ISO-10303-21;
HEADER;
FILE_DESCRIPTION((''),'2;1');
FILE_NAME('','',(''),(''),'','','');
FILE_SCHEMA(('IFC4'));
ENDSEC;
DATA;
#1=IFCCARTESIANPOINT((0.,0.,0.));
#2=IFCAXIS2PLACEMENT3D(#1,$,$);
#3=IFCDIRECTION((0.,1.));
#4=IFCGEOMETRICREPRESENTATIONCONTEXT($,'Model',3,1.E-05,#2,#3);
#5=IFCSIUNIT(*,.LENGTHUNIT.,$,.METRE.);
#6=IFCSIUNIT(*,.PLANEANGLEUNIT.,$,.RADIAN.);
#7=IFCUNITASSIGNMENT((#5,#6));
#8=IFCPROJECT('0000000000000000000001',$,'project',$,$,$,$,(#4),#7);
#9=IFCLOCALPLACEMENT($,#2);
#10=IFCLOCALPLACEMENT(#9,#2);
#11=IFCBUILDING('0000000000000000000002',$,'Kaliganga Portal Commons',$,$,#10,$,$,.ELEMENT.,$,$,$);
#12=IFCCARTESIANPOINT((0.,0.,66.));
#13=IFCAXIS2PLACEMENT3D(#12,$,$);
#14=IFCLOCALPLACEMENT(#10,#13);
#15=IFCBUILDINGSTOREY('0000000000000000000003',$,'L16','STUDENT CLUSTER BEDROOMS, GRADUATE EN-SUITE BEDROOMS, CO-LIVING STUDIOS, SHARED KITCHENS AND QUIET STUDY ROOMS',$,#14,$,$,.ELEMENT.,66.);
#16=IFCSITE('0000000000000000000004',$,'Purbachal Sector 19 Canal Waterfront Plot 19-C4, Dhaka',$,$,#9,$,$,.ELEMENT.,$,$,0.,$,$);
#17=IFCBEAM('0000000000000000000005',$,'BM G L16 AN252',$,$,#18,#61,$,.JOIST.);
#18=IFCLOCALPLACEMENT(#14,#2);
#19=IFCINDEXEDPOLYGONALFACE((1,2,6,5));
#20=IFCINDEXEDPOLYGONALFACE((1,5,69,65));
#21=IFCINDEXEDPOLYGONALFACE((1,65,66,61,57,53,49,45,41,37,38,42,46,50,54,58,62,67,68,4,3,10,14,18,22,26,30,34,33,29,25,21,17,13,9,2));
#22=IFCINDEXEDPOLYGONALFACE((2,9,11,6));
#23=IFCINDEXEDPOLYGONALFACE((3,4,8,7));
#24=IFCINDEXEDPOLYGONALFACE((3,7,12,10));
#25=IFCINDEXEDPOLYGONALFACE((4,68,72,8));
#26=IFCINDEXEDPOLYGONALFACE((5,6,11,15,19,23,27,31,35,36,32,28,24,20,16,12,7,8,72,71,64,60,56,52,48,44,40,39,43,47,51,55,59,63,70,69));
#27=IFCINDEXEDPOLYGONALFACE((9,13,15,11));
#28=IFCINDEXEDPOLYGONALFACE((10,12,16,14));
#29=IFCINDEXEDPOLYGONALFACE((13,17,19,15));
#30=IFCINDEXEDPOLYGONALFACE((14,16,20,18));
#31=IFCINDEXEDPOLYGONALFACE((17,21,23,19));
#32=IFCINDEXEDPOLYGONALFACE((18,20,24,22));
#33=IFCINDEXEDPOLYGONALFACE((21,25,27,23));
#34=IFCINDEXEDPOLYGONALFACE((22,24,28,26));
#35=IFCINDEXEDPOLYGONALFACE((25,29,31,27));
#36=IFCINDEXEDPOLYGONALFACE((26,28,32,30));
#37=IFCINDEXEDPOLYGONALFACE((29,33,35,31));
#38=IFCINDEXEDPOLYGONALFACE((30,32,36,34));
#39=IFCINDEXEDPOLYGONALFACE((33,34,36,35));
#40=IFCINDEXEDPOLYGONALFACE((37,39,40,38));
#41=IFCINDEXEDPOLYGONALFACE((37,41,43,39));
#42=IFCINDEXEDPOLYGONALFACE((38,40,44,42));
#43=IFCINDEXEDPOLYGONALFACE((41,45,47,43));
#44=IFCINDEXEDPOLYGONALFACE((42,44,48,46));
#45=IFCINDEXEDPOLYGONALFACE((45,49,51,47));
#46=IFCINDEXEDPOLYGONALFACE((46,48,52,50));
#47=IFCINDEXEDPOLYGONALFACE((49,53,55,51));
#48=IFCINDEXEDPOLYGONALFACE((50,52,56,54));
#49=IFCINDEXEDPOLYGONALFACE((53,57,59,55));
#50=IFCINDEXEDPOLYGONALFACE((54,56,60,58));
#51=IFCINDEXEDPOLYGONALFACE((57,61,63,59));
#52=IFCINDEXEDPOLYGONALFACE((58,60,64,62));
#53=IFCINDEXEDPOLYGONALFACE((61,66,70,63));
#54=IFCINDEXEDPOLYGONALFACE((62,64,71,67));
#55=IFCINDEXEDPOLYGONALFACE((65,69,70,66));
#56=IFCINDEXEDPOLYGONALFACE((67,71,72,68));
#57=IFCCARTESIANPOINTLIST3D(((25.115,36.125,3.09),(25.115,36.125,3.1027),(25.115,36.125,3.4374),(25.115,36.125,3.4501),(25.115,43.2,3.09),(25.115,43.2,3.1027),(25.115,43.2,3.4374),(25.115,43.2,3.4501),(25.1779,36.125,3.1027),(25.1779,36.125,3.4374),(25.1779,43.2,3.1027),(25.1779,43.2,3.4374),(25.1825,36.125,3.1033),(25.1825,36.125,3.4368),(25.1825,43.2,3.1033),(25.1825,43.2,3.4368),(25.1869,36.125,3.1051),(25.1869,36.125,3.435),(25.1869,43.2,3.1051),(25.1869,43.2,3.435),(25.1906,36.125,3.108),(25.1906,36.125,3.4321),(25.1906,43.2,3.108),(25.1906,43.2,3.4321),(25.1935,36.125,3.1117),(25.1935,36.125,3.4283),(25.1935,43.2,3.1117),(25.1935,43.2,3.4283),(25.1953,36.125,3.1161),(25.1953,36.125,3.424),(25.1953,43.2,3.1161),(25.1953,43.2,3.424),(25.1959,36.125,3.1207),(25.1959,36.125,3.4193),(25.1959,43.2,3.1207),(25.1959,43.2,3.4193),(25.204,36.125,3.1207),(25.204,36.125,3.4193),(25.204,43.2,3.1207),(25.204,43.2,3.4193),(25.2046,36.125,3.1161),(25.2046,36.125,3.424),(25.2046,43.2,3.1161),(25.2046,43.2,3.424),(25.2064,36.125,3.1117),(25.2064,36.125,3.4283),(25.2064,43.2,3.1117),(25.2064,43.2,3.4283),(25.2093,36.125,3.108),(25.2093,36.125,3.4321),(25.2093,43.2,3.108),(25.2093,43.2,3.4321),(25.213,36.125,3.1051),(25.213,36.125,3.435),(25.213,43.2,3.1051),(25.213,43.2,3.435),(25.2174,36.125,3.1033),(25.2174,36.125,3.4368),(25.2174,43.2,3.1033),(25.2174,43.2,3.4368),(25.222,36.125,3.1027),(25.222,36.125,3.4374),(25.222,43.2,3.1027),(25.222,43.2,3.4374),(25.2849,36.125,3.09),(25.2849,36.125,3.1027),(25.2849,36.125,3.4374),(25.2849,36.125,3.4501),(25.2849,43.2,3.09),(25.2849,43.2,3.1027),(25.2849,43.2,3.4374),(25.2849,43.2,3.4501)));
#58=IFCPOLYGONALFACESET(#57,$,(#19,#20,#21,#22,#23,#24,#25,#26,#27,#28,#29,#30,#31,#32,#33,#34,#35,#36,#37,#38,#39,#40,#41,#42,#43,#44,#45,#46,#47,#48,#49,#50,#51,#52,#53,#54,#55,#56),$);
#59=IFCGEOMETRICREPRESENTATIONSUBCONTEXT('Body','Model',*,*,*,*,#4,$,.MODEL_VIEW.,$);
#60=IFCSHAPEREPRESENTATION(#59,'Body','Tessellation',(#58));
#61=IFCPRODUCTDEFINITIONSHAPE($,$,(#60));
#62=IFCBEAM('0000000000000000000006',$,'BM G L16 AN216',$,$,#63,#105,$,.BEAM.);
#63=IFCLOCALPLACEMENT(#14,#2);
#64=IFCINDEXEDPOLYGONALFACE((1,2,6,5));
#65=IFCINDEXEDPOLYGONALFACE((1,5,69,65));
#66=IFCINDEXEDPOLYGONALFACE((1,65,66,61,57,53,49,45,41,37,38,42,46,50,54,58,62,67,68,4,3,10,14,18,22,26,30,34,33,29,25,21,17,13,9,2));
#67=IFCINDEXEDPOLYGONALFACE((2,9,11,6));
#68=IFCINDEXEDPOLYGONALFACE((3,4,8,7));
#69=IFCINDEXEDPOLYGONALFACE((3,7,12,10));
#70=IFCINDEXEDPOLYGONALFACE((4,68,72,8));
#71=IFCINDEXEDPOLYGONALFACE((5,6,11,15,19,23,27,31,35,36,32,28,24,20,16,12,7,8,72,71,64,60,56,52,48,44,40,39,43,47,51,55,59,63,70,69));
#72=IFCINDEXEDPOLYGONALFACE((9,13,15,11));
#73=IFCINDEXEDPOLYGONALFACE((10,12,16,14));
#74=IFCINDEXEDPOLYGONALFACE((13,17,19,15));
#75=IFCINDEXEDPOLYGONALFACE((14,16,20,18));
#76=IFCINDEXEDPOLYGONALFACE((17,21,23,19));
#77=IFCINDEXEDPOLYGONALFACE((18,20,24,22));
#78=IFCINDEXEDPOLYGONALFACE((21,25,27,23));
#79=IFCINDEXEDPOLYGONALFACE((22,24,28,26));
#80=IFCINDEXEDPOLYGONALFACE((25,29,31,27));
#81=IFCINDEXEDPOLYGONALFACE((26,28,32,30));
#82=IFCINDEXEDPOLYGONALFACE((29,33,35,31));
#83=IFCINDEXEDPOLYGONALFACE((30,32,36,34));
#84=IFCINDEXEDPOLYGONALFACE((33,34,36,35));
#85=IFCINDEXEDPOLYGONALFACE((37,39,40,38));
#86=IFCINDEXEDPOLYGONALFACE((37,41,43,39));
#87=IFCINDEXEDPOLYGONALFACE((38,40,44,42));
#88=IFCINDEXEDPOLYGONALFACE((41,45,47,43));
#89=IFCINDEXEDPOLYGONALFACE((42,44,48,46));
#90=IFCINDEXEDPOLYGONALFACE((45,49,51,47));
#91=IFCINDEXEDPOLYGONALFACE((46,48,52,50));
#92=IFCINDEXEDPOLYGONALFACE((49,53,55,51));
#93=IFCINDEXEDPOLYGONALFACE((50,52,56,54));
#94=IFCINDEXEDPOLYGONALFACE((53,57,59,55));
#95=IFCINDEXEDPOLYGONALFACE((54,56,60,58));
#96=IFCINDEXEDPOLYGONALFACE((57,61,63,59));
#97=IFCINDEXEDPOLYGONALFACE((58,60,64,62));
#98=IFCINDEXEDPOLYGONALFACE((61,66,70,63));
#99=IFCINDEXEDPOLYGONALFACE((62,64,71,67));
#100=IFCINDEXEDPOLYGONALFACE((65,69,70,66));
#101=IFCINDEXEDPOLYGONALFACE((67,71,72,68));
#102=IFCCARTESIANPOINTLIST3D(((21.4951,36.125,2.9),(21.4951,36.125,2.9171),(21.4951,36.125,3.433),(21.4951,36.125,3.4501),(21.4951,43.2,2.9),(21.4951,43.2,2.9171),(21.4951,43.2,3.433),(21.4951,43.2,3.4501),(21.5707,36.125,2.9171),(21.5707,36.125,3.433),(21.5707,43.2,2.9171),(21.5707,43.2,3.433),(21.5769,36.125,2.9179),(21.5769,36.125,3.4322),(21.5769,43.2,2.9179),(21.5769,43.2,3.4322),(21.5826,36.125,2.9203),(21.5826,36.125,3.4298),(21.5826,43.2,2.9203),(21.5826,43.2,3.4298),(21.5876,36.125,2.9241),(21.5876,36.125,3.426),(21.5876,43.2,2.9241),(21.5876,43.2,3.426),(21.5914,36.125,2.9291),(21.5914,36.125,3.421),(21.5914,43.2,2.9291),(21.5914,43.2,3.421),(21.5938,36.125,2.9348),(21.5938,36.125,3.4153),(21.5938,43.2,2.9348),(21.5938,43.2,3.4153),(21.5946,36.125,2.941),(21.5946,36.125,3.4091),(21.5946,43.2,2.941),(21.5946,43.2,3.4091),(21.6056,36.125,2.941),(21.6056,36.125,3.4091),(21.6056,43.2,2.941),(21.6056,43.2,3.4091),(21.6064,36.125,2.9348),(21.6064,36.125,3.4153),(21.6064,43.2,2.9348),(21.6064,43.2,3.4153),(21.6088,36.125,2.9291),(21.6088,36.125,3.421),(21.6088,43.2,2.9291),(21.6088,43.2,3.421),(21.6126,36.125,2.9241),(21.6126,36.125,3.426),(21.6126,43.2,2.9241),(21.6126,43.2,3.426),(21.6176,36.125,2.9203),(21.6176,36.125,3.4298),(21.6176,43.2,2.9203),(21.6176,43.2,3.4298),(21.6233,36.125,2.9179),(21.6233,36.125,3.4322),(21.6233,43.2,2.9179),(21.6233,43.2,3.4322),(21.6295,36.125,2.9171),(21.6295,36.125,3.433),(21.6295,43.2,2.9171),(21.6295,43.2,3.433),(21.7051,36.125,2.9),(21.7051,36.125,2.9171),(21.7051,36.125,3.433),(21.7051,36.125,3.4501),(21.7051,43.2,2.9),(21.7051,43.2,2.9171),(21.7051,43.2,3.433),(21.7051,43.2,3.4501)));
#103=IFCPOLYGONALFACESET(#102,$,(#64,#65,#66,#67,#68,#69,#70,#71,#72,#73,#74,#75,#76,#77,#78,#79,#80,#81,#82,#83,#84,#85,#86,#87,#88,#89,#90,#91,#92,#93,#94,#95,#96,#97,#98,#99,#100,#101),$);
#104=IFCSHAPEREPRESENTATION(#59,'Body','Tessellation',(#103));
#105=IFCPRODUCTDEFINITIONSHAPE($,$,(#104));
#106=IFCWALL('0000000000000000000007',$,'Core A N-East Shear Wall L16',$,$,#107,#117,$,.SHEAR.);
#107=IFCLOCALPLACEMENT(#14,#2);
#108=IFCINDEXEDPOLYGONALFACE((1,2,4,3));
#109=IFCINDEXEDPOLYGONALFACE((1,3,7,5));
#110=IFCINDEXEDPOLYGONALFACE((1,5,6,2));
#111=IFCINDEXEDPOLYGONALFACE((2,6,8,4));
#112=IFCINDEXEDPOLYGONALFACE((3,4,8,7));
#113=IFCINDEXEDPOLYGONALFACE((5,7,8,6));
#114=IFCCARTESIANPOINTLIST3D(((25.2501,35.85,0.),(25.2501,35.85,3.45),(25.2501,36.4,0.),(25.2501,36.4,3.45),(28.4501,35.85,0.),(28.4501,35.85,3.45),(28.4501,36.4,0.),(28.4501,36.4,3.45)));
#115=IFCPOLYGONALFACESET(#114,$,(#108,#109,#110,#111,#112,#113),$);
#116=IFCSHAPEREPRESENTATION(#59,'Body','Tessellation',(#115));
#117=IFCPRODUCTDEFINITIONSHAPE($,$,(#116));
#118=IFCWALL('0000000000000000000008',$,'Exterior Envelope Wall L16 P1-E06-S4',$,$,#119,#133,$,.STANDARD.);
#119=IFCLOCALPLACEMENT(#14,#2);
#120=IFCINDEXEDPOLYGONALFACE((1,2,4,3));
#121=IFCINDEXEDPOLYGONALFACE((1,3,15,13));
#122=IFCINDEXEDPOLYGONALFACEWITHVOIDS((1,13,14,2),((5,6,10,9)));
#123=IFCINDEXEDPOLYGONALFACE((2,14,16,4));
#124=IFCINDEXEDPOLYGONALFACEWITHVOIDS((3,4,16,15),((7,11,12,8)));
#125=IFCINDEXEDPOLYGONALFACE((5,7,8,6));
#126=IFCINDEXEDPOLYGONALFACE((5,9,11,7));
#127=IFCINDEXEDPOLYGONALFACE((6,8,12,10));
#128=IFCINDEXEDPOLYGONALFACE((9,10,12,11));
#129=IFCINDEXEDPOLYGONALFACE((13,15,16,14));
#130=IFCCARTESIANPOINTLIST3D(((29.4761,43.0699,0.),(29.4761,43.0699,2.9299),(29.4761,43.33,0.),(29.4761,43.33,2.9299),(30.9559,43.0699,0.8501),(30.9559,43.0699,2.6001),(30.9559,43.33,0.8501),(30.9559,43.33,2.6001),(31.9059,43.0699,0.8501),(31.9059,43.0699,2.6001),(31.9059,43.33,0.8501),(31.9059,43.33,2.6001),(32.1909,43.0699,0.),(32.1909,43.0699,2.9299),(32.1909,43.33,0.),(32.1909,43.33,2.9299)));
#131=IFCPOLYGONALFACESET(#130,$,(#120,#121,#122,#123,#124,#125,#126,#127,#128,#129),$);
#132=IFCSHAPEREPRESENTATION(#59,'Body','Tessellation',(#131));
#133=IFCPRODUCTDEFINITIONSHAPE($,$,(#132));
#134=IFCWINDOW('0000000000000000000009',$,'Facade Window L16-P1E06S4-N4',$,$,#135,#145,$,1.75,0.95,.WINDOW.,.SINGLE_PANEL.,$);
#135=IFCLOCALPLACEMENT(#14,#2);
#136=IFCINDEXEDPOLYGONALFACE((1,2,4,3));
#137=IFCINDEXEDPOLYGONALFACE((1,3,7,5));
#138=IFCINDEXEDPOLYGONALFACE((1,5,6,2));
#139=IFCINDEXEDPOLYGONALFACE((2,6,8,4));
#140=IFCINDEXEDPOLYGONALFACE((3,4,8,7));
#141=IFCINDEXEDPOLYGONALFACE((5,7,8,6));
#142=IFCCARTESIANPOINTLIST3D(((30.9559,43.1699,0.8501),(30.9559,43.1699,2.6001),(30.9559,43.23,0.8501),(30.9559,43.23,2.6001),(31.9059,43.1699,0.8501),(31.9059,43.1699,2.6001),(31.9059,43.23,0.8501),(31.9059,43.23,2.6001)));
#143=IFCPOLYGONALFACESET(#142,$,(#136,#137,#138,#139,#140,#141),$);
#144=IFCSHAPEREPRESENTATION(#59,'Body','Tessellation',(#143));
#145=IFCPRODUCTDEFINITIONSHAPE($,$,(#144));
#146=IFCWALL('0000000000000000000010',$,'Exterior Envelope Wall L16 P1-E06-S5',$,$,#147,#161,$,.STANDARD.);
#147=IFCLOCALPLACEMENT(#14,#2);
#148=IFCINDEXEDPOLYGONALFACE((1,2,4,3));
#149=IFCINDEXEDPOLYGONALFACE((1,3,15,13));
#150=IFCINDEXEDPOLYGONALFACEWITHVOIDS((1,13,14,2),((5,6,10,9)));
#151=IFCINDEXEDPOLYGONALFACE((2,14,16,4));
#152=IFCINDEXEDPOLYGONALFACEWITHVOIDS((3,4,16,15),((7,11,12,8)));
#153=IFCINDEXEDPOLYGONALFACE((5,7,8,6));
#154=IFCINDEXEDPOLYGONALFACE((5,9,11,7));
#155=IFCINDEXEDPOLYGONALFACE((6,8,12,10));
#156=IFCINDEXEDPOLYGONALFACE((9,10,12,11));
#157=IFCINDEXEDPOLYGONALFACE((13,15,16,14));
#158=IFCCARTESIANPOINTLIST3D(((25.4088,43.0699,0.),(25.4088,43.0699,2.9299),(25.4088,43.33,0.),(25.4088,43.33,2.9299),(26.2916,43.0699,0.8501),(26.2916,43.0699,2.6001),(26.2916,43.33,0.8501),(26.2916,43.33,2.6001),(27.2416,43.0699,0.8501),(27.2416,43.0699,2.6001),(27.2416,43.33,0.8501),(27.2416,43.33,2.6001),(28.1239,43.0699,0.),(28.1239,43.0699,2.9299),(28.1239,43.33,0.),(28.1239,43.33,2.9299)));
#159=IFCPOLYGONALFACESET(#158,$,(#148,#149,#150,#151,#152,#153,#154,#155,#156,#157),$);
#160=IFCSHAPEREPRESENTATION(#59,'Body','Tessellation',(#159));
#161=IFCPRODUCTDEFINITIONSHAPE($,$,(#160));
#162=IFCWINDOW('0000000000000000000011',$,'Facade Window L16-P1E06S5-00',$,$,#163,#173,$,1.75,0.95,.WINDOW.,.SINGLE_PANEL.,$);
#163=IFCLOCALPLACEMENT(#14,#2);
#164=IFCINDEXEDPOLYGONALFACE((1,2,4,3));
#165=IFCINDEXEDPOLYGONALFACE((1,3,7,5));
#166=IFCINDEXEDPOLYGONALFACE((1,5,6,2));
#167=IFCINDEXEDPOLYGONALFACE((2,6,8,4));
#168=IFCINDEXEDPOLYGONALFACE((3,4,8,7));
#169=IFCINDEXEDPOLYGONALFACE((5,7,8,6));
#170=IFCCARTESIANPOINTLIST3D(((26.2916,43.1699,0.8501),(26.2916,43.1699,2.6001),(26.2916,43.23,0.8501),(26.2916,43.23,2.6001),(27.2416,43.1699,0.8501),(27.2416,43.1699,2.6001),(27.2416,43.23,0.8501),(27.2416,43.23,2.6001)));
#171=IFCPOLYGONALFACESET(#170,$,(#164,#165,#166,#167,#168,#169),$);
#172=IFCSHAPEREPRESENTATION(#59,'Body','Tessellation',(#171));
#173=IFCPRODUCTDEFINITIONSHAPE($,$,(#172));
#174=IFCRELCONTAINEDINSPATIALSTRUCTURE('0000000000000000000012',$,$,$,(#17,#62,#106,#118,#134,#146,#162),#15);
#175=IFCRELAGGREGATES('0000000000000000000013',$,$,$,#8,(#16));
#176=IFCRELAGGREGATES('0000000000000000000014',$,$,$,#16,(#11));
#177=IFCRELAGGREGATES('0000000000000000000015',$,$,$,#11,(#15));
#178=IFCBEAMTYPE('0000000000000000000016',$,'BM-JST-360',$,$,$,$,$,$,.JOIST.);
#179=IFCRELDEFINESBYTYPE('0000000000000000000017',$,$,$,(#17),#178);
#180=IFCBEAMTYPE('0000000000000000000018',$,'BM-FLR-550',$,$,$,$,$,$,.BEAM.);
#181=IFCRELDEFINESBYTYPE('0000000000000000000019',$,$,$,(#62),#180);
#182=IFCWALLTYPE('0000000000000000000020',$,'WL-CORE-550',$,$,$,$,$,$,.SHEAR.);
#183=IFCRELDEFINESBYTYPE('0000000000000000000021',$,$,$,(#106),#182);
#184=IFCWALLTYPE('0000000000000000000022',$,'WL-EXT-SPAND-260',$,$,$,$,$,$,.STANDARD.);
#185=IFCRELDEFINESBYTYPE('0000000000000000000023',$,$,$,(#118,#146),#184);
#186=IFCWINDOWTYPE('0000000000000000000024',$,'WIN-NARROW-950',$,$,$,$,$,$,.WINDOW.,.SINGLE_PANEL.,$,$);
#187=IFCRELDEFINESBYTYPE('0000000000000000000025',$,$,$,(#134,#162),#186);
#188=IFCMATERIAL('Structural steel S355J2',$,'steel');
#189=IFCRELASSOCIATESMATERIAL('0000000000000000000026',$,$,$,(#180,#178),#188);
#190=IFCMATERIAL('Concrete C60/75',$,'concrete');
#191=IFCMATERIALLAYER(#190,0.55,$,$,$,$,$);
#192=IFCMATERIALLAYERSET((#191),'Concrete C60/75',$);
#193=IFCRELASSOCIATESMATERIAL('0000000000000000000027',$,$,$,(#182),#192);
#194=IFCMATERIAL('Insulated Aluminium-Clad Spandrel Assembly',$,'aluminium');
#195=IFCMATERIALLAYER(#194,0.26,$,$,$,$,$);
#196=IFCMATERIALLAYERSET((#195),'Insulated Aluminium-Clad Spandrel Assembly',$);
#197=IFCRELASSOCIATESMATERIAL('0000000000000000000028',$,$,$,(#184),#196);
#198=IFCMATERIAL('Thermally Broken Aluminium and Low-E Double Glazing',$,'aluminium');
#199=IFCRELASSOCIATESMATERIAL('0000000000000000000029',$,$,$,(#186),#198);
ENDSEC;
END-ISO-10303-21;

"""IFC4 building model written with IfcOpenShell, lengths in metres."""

from ifc_helpers import new_model, si_unit, direction, frame, frame_2d, origin, origin_2d, place, context, subcontext, project, spatial, rectangle, i_section, extrude, source, transform, mapped, material, layer, layer_set, material_profile, profile_set, type_object, element, fill, save


model = new_model("IFC4")

# Units and contexts
model_context = context("Model", 3, precision=1e-05, world=origin(), true_north=direction((0.0, 1.0)))
body_context = subcontext(model_context, "Body", "Model", "MODEL_VIEW")
ifc_project = project(units=[si_unit("LENGTHUNIT", "METRE"), si_unit("PLANEANGLEUNIT", "RADIAN")], contexts=[model_context])

# Site, building, storey
site_placement = place(None, origin())
site = spatial("IfcSite", under=ifc_project, at=site_placement, Name="Purbachal Sector 19 Canal Waterfront Plot 19-C4, Dhaka", CompositionType="ELEMENT", RefElevation=0.0)
building_placement = place(site_placement, origin())
building = spatial("IfcBuilding", under=site, at=building_placement, Name="Kaliganga Portal Commons", CompositionType="ELEMENT")
storey_placement = place(building_placement, frame((0.0, 0.0, 66.0)))
storey = spatial("IfcBuildingStorey", under=building, at=storey_placement, Name="L16", Description="STUDENT CLUSTER BEDROOMS, GRADUATE EN-SUITE BEDROOMS, CO-LIVING STUDIOS, SHARED KITCHENS AND QUIET STUDY ROOMS", CompositionType="ELEMENT", Elevation=66.0)

# Beams
ifc_material_1 = material(Name="Structural steel S355J2", Category="steel")
ifc_material_profile_1 = material_profile(ifc_material_1, i_section(OverallWidth=0.21, OverallDepth=0.55, WebThickness=0.011, FlangeThickness=0.0171, FilletRadius=0.0239, at=origin_2d()), Name="IPE 550")
ifc_profile_set_1 = profile_set([ifc_material_profile_1], Name="Structural steel S355J2 wide-flange")
beam_type_1 = type_object("IfcBeamType", Name="BM-FLR-550", PredefinedType="BEAM", material=ifc_profile_set_1)
ifc_material_profile_2 = material_profile(ifc_material_1, i_section(OverallWidth=0.1699, OverallDepth=0.3601, WebThickness=0.0081, FlangeThickness=0.0127, FilletRadius=0.0181, at=origin_2d()), Name="IPE 360")
ifc_profile_set_2 = profile_set([ifc_material_profile_2], Name="Structural steel S355J2 wide-flange")
beam_type_2 = type_object("IfcBeamType", Name="BM-JST-360", PredefinedType="JOIST", material=ifc_profile_set_2)
shared_shape_1 = source(origin(), body_context, "Body", "SweptSolid", [
    extrude(i_section(OverallWidth=0.1699, OverallDepth=0.3601, WebThickness=0.0081, FlangeThickness=0.0127, FilletRadius=0.0181, at=origin_2d()), origin(), (0.0, 0.0, 1.0), 7.075),
])
beam_1_placement = place(storey_placement, frame((25.2, 36.125, 3.27), z_axis=(0.0, 1.0, 0.0), x_axis=(-1.0, 0.0, 0.0)))
element("IfcBeam", 1, at=beam_1_placement, inside=storey, type_object=beam_type_2, Name="BM G L16 AN252", PredefinedType="JOIST", context=body_context, shape_type="MappedRepresentation", body=[
    mapped(shared_shape_1, transform((0.0, 0.0, 0.0), x_axis=(1.0, 0.0, 0.0), y_axis=(0.0, 1.0, 0.0), z_axis=(0.0, 0.0, 1.0), scale=1.0)),
])
shared_shape_2 = source(origin(), body_context, "Body", "SweptSolid", [
    extrude(i_section(OverallWidth=0.21, OverallDepth=0.55, WebThickness=0.011, FlangeThickness=0.0171, FilletRadius=0.0239, at=origin_2d()), origin(), (0.0, 0.0, 1.0), 7.075),
])
beam_2_placement = place(storey_placement, frame((21.6001, 36.125, 3.175), z_axis=(0.0, 1.0, 0.0), x_axis=(-1.0, 0.0, 0.0)))
element("IfcBeam", 2, at=beam_2_placement, inside=storey, type_object=beam_type_1, Name="BM G L16 AN216", PredefinedType="BEAM", context=body_context, shape_type="MappedRepresentation", body=[
    mapped(shared_shape_2, transform((0.0, 0.0, 0.0), x_axis=(1.0, 0.0, 0.0), y_axis=(0.0, 1.0, 0.0), z_axis=(0.0, 0.0, 1.0), scale=1.0)),
])

# Wall
ifc_material_2 = material(Name="Concrete C60/75", Category="concrete")
ifc_layer_1 = layer(ifc_material_2, 0.55)
ifc_layer_set_1 = layer_set([ifc_layer_1], Name="Concrete C60/75")
wall_type_1 = type_object("IfcWallType", Name="WL-CORE-550", PredefinedType="SHEAR", material=ifc_layer_set_1)
wall_1_placement = place(storey_placement, frame((25.25, 36.125, 0.0), z_axis=(0.0, 0.0, 1.0), x_axis=(1.0, 0.0, 0.0)))
element("IfcWall", 3, at=wall_1_placement, inside=storey, type_object=wall_type_1, Name="Core A N-East Shear Wall L16", PredefinedType="SHEAR", context=body_context, shape_type="SweptSolid", body=[
    extrude(rectangle(XDim=3.2, YDim=0.55, at=frame_2d((1.6001, 0.0))), origin(), (0.0, 0.0, 1.0), 3.45),
])

# Walls, openings, windows
ifc_material_3 = material(Name="Insulated Aluminium-Clad Spandrel Assembly", Category="aluminium")
ifc_layer_2 = layer(ifc_material_3, 0.26)
ifc_layer_set_2 = layer_set([ifc_layer_2], Name="Insulated Aluminium-Clad Spandrel Assembly")
wall_type_2 = type_object("IfcWallType", Name="WL-EXT-SPAND-260", PredefinedType="STANDARD", material=ifc_layer_set_2)
wall_2_placement = place(storey_placement, frame((29.4761, 43.2, 0.0), z_axis=(0.0, 0.0, 1.0), x_axis=(1.0, 0.0, 0.0)))
wall_2 = element("IfcWall", 4, at=wall_2_placement, inside=storey, type_object=wall_type_2, Name="Exterior Envelope Wall L16 P1-E06-S4", PredefinedType="STANDARD", context=body_context, shape_type="SweptSolid", body=[
    extrude(rectangle(XDim=2.7148, YDim=0.26, at=frame_2d((1.3574, 0.0))), origin(), (0.0, 0.0, 1.0), 2.9299),
])
opening_1_placement = place(wall_2_placement, frame((1.4797, 0.0, 0.8501)))
opening_1 = element("IfcOpeningElement", 5, at=opening_1_placement, cuts=wall_2, PredefinedType="OPENING", context=body_context, shape_type="SweptSolid", body=[
    extrude(rectangle(XDim=0.95, YDim=1.75, at=frame_2d((0.4751, 0.875))), frame((0.0, 0.1401, 0.0), z_axis=(0.0, -1.0, 0.0), x_axis=(1.0, 0.0, 0.0)), (0.0, 0.0, 1.0), 0.28),
])
ifc_material_4 = material(Name="Thermally Broken Aluminium and Low-E Double Glazing", Category="aluminium")
window_type = type_object("IfcWindowType", Name="WIN-NARROW-950", PartitioningType="SINGLE_PANEL", PredefinedType="WINDOW", material=ifc_material_4)
window_1_placement = place(opening_1_placement, origin())
window_1 = element("IfcWindow", 6, at=window_1_placement, inside=storey, type_object=window_type, Name="Facade Window L16-P1E06S4-N4", OverallHeight=1.75, OverallWidth=0.95, PartitioningType="SINGLE_PANEL", PredefinedType="WINDOW", context=body_context, shape_type="SweptSolid", body=[
    extrude(rectangle(XDim=0.95, YDim=1.75, at=frame_2d((0.4751, 0.875))), frame((0.0, 0.03, 0.0), z_axis=(0.0, -1.0, 0.0), x_axis=(1.0, 0.0, 0.0)), (0.0, 0.0, 1.0), 0.0601),
])
fill(opening_1, window_1)
wall_3_placement = place(storey_placement, frame((25.4089, 43.2, 0.0), z_axis=(0.0, 0.0, 1.0), x_axis=(1.0, 0.0, 0.0)))
wall_3 = element("IfcWall", 7, at=wall_3_placement, inside=storey, type_object=wall_type_2, Name="Exterior Envelope Wall L16 P1-E06-S5", PredefinedType="STANDARD", context=body_context, shape_type="SweptSolid", body=[
    extrude(rectangle(XDim=2.7151, YDim=0.26, at=frame_2d((1.3574, 0.0))), origin(), (0.0, 0.0, 1.0), 2.9299),
])
opening_2_placement = place(wall_3_placement, frame((0.8826, 0.0, 0.8501)))
opening_2 = element("IfcOpeningElement", 8, at=opening_2_placement, cuts=wall_3, PredefinedType="OPENING", context=body_context, shape_type="SweptSolid", body=[
    extrude(rectangle(XDim=0.95, YDim=1.75, at=frame_2d((0.4751, 0.875))), frame((0.0, 0.1401, 0.0), z_axis=(0.0, -1.0, 0.0), x_axis=(1.0, 0.0, 0.0)), (0.0, 0.0, 1.0), 0.28),
])
window_2_placement = place(opening_2_placement, origin())
window_2 = element("IfcWindow", 9, at=window_2_placement, inside=storey, type_object=window_type, Name="Facade Window L16-P1E06S5-00", OverallHeight=1.75, OverallWidth=0.95, PartitioningType="SINGLE_PANEL", PredefinedType="WINDOW", context=body_context, shape_type="SweptSolid", body=[
    extrude(rectangle(XDim=0.95, YDim=1.75, at=frame_2d((0.4751, 0.875))), frame((0.0, 0.03, 0.0), z_axis=(0.0, -1.0, 0.0), x_axis=(1.0, 0.0, 0.0)), (0.0, 0.0, 1.0), 0.0601),
])
fill(opening_2, window_2)

save(model, "model.ifc")
